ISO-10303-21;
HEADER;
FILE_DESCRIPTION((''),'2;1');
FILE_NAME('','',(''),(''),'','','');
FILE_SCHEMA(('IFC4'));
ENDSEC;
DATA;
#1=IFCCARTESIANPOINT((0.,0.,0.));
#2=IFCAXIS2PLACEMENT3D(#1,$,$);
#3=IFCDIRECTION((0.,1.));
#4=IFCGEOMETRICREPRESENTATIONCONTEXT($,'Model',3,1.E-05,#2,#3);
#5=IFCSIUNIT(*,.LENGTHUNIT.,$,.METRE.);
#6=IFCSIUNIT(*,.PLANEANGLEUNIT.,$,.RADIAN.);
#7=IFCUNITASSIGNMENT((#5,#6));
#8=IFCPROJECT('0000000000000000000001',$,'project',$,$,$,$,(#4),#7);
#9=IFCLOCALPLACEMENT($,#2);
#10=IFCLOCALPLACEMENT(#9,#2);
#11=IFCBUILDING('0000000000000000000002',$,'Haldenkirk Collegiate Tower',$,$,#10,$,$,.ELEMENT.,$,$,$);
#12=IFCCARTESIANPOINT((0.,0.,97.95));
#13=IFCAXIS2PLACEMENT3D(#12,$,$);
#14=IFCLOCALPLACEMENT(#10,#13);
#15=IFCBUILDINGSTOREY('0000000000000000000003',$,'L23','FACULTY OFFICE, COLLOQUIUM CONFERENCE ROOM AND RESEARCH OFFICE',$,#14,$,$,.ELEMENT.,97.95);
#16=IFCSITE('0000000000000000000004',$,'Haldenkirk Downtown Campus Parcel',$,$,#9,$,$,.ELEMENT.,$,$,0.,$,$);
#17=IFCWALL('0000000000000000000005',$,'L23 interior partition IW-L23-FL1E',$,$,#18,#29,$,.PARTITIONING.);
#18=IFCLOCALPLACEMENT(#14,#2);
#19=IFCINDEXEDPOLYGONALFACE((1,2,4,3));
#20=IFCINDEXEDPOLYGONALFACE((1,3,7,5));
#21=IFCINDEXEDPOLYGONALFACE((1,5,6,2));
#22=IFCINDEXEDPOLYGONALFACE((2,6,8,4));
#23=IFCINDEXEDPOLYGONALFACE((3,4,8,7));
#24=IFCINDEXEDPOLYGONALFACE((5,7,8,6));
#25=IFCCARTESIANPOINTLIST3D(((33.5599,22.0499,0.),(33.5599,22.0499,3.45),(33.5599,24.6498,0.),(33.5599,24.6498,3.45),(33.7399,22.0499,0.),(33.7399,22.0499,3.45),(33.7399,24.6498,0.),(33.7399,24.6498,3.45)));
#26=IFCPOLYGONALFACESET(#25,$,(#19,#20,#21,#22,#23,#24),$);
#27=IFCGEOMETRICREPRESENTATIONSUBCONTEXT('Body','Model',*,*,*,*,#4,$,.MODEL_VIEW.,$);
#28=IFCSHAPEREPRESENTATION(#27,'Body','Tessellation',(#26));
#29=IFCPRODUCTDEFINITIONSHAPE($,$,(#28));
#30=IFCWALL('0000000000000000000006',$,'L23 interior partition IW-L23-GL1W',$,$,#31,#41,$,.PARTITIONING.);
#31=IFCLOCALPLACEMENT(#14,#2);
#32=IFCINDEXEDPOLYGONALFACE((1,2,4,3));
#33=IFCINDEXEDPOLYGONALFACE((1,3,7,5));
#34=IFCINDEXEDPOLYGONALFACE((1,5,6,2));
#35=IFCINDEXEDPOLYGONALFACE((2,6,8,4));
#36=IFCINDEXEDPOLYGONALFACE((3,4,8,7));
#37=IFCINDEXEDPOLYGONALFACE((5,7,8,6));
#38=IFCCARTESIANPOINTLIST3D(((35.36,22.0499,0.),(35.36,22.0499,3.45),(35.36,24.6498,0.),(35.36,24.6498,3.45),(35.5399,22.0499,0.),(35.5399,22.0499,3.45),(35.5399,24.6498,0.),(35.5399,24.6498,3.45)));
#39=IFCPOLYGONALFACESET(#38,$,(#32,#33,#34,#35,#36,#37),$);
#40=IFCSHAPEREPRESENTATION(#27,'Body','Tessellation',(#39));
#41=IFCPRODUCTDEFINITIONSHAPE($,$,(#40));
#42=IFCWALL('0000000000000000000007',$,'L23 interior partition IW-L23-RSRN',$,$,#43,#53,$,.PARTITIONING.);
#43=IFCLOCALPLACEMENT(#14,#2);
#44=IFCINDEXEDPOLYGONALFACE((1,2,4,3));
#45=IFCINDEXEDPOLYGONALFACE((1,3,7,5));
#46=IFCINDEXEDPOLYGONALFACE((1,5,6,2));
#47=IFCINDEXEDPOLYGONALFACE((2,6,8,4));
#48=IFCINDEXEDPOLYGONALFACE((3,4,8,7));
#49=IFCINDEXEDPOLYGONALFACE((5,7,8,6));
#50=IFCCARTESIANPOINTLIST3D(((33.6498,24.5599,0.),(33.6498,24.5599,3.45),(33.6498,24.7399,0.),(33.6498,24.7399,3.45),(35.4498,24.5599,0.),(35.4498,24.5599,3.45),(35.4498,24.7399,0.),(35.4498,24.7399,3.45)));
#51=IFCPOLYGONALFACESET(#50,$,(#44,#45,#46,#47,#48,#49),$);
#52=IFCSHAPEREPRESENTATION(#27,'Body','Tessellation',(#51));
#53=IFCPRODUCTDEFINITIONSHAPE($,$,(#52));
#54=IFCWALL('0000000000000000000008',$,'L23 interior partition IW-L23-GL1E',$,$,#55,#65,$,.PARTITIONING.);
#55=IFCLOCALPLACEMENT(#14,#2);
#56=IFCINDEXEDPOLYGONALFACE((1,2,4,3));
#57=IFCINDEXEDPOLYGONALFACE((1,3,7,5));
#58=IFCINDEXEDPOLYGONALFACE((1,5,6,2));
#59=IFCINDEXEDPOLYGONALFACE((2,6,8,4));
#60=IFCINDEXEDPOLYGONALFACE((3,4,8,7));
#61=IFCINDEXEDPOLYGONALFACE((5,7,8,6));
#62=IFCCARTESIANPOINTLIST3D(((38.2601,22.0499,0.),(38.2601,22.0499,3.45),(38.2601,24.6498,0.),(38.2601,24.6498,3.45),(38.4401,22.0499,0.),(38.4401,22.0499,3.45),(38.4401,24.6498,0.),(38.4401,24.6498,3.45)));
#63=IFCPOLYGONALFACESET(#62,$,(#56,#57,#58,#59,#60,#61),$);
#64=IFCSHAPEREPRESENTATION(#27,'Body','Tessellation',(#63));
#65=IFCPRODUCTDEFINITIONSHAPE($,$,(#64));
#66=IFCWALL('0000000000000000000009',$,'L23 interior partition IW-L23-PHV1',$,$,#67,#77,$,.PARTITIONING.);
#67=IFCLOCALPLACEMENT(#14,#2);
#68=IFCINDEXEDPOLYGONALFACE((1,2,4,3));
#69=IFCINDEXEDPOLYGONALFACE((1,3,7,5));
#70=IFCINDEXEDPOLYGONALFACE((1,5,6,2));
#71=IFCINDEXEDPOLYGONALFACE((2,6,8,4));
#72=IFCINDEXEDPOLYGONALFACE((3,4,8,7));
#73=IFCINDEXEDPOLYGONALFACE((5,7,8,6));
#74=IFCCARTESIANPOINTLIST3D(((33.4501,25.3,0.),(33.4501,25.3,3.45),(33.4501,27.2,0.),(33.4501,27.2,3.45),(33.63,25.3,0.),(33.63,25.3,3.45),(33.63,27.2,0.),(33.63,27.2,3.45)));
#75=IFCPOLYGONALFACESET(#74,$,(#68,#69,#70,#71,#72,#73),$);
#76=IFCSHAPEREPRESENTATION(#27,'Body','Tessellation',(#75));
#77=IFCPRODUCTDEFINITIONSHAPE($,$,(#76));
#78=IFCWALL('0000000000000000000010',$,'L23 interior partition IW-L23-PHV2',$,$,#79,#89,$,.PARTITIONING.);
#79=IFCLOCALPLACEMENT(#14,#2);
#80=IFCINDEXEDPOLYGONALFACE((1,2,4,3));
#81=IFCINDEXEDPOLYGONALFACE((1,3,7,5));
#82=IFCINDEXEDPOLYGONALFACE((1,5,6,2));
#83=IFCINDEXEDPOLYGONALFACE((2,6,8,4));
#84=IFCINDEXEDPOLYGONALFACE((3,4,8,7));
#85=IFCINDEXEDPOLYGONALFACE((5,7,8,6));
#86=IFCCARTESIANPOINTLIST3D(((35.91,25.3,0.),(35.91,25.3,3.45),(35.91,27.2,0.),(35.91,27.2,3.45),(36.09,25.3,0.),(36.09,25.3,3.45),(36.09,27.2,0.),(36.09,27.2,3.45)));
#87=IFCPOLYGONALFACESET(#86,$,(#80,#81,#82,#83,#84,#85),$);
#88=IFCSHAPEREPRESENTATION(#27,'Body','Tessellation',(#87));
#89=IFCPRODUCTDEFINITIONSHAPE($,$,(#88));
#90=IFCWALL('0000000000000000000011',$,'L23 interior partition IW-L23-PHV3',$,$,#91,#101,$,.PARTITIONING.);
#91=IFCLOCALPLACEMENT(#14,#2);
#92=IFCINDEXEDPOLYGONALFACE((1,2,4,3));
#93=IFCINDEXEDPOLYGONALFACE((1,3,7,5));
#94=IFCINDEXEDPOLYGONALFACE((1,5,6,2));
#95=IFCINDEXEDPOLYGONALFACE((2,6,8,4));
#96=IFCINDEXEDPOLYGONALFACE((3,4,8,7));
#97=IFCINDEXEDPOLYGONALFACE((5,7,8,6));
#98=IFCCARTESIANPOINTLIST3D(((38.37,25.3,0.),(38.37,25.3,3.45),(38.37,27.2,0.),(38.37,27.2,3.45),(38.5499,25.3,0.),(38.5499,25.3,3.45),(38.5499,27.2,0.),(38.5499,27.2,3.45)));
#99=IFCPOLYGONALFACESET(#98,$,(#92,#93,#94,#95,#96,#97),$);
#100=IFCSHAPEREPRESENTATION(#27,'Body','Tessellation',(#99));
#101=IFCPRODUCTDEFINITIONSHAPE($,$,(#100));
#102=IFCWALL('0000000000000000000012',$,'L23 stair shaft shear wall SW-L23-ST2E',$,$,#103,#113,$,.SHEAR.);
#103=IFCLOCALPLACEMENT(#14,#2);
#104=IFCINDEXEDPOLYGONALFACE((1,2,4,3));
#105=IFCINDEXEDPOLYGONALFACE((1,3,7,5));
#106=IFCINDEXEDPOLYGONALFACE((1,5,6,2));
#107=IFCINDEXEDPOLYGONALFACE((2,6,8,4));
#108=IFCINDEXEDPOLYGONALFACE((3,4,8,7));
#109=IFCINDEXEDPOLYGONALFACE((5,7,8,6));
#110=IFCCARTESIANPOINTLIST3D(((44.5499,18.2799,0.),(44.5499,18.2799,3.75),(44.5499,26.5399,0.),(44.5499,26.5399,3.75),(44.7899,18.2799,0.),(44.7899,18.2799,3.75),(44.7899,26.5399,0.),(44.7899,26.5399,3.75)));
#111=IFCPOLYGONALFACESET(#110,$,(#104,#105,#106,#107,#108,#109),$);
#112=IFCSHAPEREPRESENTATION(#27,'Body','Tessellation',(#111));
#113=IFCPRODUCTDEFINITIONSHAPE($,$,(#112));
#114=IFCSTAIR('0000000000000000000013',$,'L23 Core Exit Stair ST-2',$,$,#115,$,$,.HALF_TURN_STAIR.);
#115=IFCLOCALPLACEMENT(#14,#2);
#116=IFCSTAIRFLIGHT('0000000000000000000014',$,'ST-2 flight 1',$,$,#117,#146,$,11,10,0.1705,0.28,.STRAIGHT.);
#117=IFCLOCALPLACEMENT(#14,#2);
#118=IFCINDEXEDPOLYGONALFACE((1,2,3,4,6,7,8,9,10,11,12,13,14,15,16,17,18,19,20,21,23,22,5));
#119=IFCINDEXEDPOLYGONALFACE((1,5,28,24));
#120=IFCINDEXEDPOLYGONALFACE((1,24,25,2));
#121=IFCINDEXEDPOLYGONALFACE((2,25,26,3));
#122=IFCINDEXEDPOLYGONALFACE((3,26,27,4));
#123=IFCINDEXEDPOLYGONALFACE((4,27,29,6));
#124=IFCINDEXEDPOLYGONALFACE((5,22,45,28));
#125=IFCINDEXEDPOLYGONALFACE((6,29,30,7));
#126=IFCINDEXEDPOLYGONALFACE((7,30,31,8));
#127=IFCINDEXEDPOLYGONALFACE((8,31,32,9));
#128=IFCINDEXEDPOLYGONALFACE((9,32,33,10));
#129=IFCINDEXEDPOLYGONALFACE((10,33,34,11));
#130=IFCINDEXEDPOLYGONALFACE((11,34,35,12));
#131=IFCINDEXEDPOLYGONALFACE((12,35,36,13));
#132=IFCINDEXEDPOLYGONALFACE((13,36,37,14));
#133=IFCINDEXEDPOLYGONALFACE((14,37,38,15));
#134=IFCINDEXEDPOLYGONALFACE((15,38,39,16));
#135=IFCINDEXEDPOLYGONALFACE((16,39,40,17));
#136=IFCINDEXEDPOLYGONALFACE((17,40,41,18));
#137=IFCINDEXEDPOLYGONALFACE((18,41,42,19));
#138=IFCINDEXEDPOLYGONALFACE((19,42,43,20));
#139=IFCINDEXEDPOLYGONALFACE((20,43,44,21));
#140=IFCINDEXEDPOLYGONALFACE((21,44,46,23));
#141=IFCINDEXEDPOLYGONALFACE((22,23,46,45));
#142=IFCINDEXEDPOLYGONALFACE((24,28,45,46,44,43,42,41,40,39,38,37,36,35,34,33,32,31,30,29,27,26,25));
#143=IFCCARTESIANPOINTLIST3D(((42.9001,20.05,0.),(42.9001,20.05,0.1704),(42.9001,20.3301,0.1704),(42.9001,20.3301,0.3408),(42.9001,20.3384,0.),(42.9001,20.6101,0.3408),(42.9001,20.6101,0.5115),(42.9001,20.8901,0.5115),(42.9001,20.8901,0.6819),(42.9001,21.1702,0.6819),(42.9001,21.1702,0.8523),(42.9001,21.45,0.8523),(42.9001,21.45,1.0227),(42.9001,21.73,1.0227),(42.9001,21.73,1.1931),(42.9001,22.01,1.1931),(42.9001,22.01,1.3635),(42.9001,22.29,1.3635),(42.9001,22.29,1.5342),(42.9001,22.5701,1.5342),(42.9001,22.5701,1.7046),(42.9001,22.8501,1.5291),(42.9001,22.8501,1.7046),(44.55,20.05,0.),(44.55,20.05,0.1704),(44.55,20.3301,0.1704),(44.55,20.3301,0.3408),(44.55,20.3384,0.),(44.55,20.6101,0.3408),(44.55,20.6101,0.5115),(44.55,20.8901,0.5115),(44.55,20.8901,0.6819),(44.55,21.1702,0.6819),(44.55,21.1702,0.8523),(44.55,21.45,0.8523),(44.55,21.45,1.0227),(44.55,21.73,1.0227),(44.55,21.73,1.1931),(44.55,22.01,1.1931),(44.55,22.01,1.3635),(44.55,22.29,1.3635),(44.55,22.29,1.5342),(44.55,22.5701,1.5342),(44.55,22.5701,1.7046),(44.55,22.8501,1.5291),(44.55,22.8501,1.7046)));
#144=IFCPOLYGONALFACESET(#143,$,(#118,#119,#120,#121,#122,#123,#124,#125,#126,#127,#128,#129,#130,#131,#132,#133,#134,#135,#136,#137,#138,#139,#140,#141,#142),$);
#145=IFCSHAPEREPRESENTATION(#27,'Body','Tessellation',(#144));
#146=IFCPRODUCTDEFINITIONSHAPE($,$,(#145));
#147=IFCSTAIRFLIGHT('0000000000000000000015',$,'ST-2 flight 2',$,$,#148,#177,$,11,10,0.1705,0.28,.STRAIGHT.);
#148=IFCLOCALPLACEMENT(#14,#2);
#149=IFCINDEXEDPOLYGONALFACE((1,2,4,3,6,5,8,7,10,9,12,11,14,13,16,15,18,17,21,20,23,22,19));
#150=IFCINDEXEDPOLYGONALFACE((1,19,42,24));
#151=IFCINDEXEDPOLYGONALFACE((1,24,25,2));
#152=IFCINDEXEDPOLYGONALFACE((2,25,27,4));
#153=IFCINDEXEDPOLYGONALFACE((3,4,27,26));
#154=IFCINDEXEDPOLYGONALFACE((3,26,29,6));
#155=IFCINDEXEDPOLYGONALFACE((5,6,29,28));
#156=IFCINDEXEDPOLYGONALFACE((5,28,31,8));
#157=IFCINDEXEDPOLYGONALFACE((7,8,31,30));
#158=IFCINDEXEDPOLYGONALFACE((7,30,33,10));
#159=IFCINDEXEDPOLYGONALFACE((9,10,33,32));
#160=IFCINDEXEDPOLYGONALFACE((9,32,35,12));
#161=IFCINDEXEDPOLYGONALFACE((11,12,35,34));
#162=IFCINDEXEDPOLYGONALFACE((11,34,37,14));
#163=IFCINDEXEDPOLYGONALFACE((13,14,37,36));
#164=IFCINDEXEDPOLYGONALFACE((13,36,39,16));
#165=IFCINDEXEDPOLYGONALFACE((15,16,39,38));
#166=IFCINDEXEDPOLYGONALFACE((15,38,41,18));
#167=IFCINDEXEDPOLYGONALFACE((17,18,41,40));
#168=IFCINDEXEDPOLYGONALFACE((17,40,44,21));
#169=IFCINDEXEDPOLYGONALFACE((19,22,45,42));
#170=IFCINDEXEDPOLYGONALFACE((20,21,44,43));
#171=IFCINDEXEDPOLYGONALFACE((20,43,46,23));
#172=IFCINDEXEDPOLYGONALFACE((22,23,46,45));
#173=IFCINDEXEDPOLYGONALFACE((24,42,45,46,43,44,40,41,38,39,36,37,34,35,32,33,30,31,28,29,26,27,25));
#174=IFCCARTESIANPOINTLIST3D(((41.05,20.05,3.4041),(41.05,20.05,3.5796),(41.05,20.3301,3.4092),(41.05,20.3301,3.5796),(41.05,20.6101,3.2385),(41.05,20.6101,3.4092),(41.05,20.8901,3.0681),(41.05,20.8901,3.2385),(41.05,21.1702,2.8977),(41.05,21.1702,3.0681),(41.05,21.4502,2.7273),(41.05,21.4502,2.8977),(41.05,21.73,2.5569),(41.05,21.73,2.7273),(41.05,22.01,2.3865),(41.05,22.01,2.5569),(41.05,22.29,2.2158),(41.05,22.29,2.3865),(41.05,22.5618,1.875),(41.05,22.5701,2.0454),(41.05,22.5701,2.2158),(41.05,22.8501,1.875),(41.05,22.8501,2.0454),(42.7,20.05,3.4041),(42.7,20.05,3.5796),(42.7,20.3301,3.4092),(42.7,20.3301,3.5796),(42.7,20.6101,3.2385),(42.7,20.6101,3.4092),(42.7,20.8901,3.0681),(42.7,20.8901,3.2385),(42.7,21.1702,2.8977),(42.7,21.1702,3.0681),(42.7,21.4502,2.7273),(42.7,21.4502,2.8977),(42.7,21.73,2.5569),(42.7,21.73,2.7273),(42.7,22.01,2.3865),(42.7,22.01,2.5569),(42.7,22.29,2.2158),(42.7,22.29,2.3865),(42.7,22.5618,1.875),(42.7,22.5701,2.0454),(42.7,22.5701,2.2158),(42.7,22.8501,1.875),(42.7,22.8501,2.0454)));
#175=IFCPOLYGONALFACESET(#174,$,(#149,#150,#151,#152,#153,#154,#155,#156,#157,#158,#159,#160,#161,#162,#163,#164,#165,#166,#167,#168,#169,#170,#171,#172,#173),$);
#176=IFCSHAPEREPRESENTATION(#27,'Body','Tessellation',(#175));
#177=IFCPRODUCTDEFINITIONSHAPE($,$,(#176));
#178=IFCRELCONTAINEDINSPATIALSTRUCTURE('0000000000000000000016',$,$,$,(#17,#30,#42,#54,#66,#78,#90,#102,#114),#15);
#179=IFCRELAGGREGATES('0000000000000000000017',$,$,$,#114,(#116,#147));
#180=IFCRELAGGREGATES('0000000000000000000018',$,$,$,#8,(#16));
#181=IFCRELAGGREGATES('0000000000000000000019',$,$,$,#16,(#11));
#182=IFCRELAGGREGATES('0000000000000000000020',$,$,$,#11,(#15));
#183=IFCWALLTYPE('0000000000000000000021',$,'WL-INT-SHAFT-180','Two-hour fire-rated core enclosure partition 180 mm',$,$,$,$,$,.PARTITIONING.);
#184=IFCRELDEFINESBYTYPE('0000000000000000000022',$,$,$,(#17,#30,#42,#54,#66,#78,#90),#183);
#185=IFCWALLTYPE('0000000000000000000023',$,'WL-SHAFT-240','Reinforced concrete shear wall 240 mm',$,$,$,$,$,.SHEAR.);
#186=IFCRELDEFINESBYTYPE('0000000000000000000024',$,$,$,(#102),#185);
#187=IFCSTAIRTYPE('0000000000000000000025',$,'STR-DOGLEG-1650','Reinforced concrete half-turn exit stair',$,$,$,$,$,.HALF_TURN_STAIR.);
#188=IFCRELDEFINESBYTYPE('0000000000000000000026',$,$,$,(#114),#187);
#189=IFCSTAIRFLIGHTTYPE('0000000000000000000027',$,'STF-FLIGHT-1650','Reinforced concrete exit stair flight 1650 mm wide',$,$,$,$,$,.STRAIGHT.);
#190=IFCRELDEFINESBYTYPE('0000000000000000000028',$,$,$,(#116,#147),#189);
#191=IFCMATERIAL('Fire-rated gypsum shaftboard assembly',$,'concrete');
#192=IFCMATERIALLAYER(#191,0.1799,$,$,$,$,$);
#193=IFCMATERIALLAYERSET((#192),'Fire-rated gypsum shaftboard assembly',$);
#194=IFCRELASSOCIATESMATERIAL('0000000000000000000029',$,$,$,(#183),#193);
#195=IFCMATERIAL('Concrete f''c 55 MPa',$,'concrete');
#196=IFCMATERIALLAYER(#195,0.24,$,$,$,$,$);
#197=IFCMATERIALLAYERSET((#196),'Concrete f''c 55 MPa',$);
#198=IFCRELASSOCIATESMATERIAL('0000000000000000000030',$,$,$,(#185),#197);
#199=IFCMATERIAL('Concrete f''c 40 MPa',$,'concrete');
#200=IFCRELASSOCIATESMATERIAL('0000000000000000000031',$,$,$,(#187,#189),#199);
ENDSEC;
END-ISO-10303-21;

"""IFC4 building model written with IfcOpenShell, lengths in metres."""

from ifc_helpers import new_model, si_unit, direction, frame, frame_2d, origin, place, context, subcontext, project, spatial, polyline, rectangle, outline, extrude, material, layer, layer_set, type_object, element, aggregate, save


model = new_model("IFC4")

# Units and contexts
model_context = context("Model", 3, precision=1e-05, world=origin(), true_north=direction((0.0, 1.0)))
body_context = subcontext(model_context, "Body", "Model", "MODEL_VIEW")
ifc_project = project(units=[si_unit("LENGTHUNIT", "METRE"), si_unit("PLANEANGLEUNIT", "RADIAN")], contexts=[model_context])

# Site, building, storey
site_placement = place(None, origin())
site = spatial("IfcSite", under=ifc_project, at=site_placement, Name="Haldenkirk Downtown Campus Parcel", CompositionType="ELEMENT", RefElevation=0.0)
building_placement = place(site_placement, origin())
building = spatial("IfcBuilding", under=site, at=building_placement, Name="Haldenkirk Collegiate Tower", CompositionType="ELEMENT")
storey_placement = place(building_placement, frame((0.0, 0.0, 97.95)))
storey = spatial("IfcBuildingStorey", under=building, at=storey_placement, Name="L23", Description="FACULTY OFFICE, COLLOQUIUM CONFERENCE ROOM AND RESEARCH OFFICE", CompositionType="ELEMENT", Elevation=97.95)

# Walls
ifc_material_1 = material(Name="Fire-rated gypsum shaftboard assembly", Category="concrete")
ifc_layer_1 = layer(ifc_material_1, 0.1799)
ifc_layer_set_1 = layer_set([ifc_layer_1], Name="Fire-rated gypsum shaftboard assembly")
wall_type_1 = type_object("IfcWallType", Name="WL-INT-SHAFT-180", Description="Two-hour fire-rated core enclosure partition 180 mm", PredefinedType="PARTITIONING", material=ifc_layer_set_1)
for number, where, z_axis, x_axis, name in (
    (1, (33.6499, 22.05, 0.0), (0.0, 0.0, 1.0), (0.0, 1.0, 0.0), "L23 interior partition IW-L23-FL1E"),
    (2, (35.45, 22.05, 0.0), (0.0, 0.0, 1.0), (0.0, 1.0, 0.0), "L23 interior partition IW-L23-GL1W"),
):
    element("IfcWall", number, at=place(storey_placement, frame(where, z_axis=z_axis, x_axis=x_axis)), inside=storey, type_object=wall_type_1, Name=name, PredefinedType="PARTITIONING", context=body_context, shape_type="SweptSolid", body=[
        extrude(rectangle(XDim=2.5999, YDim=0.1799, at=frame_2d((1.2998, 0.0))), origin(), (0.0, 0.0, 1.0), 3.45),
    ])
wall_1_placement = place(storey_placement, frame((33.6499, 24.6499, 0.0), z_axis=(0.0, 0.0, 1.0), x_axis=(1.0, 0.0, 0.0)))
element("IfcWall", 3, at=wall_1_placement, inside=storey, type_object=wall_type_1, Name="L23 interior partition IW-L23-RSRN", PredefinedType="PARTITIONING", context=body_context, shape_type="SweptSolid", body=[
    extrude(rectangle(XDim=1.8, YDim=0.1799, at=frame_2d((0.8999, 0.0))), origin(), (0.0, 0.0, 1.0), 3.45),
])
wall_2_placement = place(storey_placement, frame((38.3501, 22.05, 0.0), z_axis=(0.0, 0.0, 1.0), x_axis=(0.0, 1.0, 0.0)))
element("IfcWall", 4, at=wall_2_placement, inside=storey, type_object=wall_type_1, Name="L23 interior partition IW-L23-GL1E", PredefinedType="PARTITIONING", context=body_context, shape_type="SweptSolid", body=[
    extrude(rectangle(XDim=2.5999, YDim=0.1799, at=frame_2d((1.2998, 0.0))), origin(), (0.0, 0.0, 1.0), 3.45),
])
for number, where, z_axis, x_axis, name in (
    (5, (33.54, 25.3, 0.0), (0.0, 0.0, 1.0), (0.0, 1.0, 0.0), "L23 interior partition IW-L23-PHV1"),
    (6, (36.0, 25.3, 0.0), (0.0, 0.0, 1.0), (0.0, 1.0, 0.0), "L23 interior partition IW-L23-PHV2"),
    (7, (38.46, 25.3, 0.0), (0.0, 0.0, 1.0), (0.0, 1.0, 0.0), "L23 interior partition IW-L23-PHV3"),
):
    element("IfcWall", number, at=place(storey_placement, frame(where, z_axis=z_axis, x_axis=x_axis)), inside=storey, type_object=wall_type_1, Name=name, PredefinedType="PARTITIONING", context=body_context, shape_type="SweptSolid", body=[
        extrude(rectangle(XDim=1.8999, YDim=0.1799, at=frame_2d((0.95, 0.0))), origin(), (0.0, 0.0, 1.0), 3.45),
    ])

# Wall
ifc_material_2 = material(Name="Concrete f'c 55 MPa", Category="concrete")
ifc_layer_2 = layer(ifc_material_2, 0.24)
ifc_layer_set_2 = layer_set([ifc_layer_2], Name="Concrete f'c 55 MPa")
wall_type_2 = type_object("IfcWallType", Name="WL-SHAFT-240", Description="Reinforced concrete shear wall 240 mm", PredefinedType="SHEAR", material=ifc_layer_set_2)
wall_3_placement = place(storey_placement, frame((44.6699, 18.28, 0.0), z_axis=(0.0, 0.0, 1.0), x_axis=(0.0, 1.0, 0.0)))
element("IfcWall", 8, at=wall_3_placement, inside=storey, type_object=wall_type_2, Name="L23 stair shaft shear wall SW-L23-ST2E", PredefinedType="SHEAR", context=body_context, shape_type="SweptSolid", body=[
    extrude(rectangle(XDim=8.26, YDim=0.24, at=frame_2d((4.1299, 0.0))), origin(), (0.0, 0.0, 1.0), 3.75),
])

# Stair, stair flights
ifc_material_3 = material(Name="Concrete f'c 40 MPa", Category="concrete")
stair_type = type_object("IfcStairType", Name="STR-DOGLEG-1650", Description="Reinforced concrete half-turn exit stair", PredefinedType="HALF_TURN_STAIR", material=ifc_material_3)
stair_placement = place(storey_placement, origin())
stair = element("IfcStair", 9, at=stair_placement, inside=storey, type_object=stair_type, Name="L23 Core Exit Stair ST-2", PredefinedType="HALF_TURN_STAIR")
stair_flight_type = type_object("IfcStairFlightType", Name="STF-FLIGHT-1650", Description="Reinforced concrete exit stair flight 1650 mm wide", PredefinedType="STRAIGHT", material=ifc_material_3)
stair_flight_1_placement = place(storey_placement, frame((43.7251, 20.05, 0.0), z_axis=(0.0, 0.0, 1.0), x_axis=(0.0, 1.0, 0.0)))
stair_flight_1 = element("IfcStairFlight", 10, at=stair_flight_1_placement, type_object=stair_flight_type, Name="ST-2 flight 1", NumberOfRisers=11, NumberOfTreads=10, PredefinedType="STRAIGHT", RiserHeight=0.1705, TreadLength=0.28, context=body_context, shape_type="SweptSolid", body=[
    extrude(outline(polyline([(0.0, 0.0), (0.0, 0.1704), (0.28, 0.1704), (0.28, 0.3408), (0.5601, 0.3408), (0.5601, 0.5115), (0.8401, 0.5115), (0.8401, 0.6819), (1.1201, 0.6819), (1.1201, 0.8523), (1.3999, 0.8523), (1.3999, 1.0227), (1.6799, 1.0227), (1.6799, 1.1931), (1.96, 1.1931), (1.96, 1.3635), (2.24, 1.3635), (2.24, 1.5342), (2.52, 1.5342), (2.52, 1.7046), (2.8, 1.7046), (2.8, 1.875), (2.8, 1.5291), (0.2883, 0.0), (0.0, 0.0)])), frame((0.0, 0.825, 0.0), z_axis=(0.0, -1.0, 0.0), x_axis=(1.0, 0.0, 0.0)), (0.0, 0.0, 1.0), 1.6499),
])
stair_flight_2_placement = place(storey_placement, frame((41.875, 22.8501, 1.875), z_axis=(0.0, 0.0, 1.0), x_axis=(0.0, -1.0, 0.0)))
stair_flight_2 = element("IfcStairFlight", 11, at=stair_flight_2_placement, type_object=stair_flight_type, Name="ST-2 flight 2", NumberOfRisers=11, NumberOfTreads=10, PredefinedType="STRAIGHT", RiserHeight=0.1705, TreadLength=0.28, context=body_context, shape_type="SweptSolid", body=[
    extrude(outline(polyline([(0.0, 0.0), (0.0, 0.1704), (0.28, 0.1704), (0.28, 0.3408), (0.5601, 0.3408), (0.5601, 0.5115), (0.8401, 0.5115), (0.8401, 0.6819), (1.1201, 0.6819), (1.1201, 0.8523), (1.3999, 0.8523), (1.3999, 1.0227), (1.6799, 1.0227), (1.6799, 1.1931), (1.96, 1.1931), (1.96, 1.3635), (2.24, 1.3635), (2.24, 1.5342), (2.52, 1.5342), (2.52, 1.7046), (2.8, 1.7046), (2.8, 1.875), (2.8, 1.5291), (0.2883, 0.0), (0.0, 0.0)])), frame((0.0, 0.825, 0.0), z_axis=(0.0, -1.0, 0.0), x_axis=(1.0, 0.0, 0.0)), (0.0, 0.0, 1.0), 1.6499),
])
aggregate(stair, [stair_flight_1, stair_flight_2])

save(model, "model.ifc")
